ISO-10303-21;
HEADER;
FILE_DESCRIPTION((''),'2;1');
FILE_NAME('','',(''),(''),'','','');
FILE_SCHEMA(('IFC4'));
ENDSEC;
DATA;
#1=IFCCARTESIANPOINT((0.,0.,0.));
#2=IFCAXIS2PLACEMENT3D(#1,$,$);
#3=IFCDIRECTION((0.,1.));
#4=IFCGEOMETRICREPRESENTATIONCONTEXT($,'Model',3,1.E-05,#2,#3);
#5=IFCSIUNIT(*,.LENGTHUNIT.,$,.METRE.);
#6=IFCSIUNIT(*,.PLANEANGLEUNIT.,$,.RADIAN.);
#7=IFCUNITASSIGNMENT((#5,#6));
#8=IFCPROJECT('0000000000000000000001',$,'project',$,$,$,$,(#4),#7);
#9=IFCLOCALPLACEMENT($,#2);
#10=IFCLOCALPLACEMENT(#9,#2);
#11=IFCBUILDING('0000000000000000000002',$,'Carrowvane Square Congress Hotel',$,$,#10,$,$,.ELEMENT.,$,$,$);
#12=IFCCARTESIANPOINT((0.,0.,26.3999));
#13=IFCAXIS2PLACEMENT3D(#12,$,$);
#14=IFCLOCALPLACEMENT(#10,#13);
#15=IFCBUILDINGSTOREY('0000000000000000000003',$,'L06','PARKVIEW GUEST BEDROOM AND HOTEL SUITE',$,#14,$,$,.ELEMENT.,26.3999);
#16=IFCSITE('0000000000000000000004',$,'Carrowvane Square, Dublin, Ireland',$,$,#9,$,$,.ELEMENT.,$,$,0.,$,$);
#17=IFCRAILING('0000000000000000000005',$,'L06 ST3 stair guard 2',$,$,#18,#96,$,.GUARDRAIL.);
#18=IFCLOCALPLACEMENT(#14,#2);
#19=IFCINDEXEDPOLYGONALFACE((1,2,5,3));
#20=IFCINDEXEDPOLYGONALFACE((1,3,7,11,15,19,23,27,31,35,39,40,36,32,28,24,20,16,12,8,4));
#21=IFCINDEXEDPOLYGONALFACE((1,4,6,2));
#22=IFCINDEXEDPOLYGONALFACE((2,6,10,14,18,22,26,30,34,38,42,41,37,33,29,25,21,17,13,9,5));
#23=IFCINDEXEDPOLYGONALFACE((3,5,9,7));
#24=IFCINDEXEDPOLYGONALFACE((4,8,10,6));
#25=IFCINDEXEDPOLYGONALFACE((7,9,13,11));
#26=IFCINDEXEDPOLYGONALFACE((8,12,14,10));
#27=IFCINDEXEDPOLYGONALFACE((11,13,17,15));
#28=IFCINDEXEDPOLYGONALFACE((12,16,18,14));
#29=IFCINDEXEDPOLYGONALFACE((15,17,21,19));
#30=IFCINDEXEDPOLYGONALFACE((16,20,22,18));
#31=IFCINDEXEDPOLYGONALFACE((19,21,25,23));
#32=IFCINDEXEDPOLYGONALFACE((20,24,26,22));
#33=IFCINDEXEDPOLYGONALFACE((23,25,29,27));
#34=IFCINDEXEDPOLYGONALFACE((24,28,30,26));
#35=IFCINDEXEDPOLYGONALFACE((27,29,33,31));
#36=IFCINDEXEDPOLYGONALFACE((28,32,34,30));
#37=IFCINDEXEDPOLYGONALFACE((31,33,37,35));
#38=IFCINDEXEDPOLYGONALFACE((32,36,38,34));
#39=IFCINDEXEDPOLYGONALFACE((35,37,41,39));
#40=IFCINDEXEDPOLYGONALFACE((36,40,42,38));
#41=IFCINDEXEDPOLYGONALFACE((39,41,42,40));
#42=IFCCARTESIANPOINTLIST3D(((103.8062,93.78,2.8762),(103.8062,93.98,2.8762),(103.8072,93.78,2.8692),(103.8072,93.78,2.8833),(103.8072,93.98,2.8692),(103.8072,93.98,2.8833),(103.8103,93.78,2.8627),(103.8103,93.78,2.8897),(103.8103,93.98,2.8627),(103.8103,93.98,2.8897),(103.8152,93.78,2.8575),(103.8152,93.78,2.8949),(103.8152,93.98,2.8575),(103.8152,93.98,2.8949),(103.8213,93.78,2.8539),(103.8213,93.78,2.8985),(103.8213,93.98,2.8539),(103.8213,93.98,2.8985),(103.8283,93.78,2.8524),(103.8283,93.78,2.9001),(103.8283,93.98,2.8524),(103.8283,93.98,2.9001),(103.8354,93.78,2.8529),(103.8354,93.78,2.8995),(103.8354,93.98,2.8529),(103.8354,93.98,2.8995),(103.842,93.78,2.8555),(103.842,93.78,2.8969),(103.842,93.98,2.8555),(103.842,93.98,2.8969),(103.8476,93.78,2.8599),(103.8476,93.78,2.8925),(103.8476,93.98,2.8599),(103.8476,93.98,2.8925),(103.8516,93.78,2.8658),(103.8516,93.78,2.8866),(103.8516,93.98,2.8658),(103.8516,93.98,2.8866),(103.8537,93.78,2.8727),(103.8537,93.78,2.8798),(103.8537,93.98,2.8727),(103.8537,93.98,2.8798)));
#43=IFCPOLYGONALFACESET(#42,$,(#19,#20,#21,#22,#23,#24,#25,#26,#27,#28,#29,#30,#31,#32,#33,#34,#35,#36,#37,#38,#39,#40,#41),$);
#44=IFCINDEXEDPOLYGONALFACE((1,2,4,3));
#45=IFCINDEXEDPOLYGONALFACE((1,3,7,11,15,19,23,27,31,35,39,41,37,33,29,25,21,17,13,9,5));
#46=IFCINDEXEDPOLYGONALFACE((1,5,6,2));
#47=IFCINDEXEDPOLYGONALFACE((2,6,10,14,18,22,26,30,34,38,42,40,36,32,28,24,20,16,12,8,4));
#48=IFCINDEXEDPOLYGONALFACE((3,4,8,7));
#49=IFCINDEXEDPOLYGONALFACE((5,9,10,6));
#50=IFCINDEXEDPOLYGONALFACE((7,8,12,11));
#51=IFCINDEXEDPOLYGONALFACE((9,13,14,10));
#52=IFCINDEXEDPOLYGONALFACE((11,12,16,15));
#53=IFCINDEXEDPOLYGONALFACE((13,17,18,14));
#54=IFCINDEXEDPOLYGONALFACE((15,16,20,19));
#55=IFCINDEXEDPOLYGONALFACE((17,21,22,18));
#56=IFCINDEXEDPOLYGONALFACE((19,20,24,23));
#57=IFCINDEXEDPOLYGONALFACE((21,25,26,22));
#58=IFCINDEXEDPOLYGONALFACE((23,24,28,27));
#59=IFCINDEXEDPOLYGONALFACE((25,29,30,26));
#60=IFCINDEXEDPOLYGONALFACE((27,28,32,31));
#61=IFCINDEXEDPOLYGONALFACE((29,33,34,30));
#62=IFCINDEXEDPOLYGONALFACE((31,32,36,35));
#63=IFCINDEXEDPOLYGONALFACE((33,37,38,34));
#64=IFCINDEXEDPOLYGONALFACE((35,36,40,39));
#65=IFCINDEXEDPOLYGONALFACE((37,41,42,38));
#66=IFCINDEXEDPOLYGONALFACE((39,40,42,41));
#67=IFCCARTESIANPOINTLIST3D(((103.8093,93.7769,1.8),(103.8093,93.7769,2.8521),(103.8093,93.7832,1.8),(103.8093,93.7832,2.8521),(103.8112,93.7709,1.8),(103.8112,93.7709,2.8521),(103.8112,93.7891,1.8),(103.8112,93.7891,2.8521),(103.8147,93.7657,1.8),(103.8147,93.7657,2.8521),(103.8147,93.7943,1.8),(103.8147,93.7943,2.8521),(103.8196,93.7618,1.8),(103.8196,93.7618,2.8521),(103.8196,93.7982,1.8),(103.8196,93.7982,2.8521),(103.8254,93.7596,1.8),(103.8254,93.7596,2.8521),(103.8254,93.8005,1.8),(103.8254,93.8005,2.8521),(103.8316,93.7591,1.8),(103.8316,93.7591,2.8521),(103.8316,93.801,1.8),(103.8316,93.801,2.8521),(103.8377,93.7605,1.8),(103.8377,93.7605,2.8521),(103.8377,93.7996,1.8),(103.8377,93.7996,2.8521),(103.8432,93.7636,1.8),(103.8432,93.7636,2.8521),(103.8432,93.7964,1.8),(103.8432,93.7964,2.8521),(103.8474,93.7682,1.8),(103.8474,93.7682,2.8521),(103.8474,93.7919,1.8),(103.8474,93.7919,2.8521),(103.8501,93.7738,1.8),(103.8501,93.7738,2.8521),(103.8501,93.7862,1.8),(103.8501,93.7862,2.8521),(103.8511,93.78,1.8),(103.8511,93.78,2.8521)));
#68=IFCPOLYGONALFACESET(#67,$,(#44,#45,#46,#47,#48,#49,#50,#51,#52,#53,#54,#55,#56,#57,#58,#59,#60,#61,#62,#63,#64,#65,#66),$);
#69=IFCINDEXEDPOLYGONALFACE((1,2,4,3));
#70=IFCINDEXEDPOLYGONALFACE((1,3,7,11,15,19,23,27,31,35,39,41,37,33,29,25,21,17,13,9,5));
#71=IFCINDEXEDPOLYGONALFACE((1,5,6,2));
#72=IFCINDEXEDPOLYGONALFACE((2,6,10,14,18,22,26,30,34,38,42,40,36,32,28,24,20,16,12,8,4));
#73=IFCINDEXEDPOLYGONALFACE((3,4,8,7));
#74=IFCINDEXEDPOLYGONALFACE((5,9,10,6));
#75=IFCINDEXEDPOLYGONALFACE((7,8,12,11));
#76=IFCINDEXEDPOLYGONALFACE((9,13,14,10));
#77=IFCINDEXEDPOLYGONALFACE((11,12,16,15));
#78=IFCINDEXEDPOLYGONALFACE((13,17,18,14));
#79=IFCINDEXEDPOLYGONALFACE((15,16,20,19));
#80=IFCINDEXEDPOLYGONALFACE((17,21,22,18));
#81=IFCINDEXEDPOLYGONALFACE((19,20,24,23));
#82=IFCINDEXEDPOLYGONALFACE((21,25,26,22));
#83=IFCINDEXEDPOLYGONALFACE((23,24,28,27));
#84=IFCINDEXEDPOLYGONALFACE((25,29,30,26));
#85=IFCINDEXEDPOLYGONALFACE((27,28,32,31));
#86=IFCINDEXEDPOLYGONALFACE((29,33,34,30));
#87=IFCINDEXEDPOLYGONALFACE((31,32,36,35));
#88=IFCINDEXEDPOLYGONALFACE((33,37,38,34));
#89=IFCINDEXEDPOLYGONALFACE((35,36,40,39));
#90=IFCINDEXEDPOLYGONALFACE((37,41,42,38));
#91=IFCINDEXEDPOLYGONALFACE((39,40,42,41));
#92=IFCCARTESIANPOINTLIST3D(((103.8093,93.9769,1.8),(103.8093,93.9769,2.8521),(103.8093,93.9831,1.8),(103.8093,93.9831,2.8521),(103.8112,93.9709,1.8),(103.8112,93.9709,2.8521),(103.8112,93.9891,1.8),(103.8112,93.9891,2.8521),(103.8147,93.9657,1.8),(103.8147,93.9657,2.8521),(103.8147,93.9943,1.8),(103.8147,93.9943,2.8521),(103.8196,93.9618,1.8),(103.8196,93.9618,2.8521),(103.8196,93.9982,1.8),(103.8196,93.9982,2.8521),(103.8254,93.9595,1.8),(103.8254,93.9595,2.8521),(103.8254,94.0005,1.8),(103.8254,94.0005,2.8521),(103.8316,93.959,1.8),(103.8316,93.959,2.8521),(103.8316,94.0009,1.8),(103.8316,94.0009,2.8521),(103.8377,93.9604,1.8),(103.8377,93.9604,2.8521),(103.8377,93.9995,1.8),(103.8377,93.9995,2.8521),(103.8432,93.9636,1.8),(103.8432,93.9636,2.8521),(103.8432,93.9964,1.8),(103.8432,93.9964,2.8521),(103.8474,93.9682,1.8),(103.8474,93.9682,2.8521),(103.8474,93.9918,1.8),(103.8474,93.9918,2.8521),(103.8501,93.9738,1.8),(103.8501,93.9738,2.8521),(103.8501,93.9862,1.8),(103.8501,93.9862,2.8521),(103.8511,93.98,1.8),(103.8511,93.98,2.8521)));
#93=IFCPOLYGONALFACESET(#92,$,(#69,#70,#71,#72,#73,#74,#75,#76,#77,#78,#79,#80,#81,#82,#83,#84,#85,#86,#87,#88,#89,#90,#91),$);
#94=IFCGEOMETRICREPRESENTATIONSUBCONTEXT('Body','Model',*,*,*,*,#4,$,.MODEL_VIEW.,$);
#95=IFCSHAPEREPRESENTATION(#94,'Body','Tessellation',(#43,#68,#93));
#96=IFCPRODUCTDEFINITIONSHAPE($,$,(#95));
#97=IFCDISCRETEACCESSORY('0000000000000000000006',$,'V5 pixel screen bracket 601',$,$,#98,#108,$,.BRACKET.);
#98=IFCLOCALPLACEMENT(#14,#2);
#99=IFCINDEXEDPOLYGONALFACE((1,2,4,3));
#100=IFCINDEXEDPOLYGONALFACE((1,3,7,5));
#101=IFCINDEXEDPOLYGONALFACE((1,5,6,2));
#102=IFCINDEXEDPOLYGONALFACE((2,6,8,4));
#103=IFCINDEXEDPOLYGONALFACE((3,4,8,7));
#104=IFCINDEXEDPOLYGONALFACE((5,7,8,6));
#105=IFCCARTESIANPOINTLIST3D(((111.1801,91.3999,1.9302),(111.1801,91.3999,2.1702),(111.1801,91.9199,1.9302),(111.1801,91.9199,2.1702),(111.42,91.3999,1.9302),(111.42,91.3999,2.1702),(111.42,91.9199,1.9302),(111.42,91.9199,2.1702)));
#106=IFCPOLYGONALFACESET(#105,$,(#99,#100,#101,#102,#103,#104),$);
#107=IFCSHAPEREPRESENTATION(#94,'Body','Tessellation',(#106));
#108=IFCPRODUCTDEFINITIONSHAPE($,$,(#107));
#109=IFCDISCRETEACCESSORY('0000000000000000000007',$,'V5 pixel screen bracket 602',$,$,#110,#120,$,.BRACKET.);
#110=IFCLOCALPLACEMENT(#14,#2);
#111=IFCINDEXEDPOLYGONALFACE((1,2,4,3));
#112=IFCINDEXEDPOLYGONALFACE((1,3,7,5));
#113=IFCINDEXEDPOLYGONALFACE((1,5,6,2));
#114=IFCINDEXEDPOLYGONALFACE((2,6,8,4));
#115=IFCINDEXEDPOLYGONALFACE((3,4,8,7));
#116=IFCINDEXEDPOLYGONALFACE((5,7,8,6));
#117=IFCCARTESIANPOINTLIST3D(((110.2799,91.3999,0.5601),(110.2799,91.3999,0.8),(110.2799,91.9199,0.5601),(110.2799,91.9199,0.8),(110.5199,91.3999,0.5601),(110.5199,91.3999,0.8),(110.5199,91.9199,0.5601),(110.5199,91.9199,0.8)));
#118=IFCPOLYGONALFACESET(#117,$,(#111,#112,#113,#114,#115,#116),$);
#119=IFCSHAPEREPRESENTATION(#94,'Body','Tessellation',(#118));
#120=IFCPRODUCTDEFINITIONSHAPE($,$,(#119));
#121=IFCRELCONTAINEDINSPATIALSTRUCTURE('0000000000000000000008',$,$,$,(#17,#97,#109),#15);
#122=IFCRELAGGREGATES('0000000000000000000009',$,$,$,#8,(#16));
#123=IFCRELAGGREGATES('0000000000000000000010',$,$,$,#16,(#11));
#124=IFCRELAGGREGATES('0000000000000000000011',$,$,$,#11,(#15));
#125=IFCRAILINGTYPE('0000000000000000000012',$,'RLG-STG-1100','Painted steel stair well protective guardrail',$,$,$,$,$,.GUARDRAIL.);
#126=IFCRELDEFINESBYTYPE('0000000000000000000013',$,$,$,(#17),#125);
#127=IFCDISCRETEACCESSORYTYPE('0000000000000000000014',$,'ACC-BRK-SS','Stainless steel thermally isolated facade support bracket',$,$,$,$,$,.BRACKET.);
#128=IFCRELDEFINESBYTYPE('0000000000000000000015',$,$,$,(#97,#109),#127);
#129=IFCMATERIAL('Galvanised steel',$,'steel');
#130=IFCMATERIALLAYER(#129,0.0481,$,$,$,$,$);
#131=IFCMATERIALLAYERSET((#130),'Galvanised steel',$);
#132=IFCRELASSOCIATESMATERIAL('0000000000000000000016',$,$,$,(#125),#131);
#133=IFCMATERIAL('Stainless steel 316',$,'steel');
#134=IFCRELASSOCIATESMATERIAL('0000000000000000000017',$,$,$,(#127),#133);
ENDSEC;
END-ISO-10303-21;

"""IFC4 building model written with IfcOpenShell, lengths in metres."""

from ifc_helpers import new_model, si_unit, direction, frame, origin, origin_2d, place, context, subcontext, project, spatial, rectangle, circle, extrude, material, layer, layer_set, type_object, element, save


model = new_model("IFC4")

# Units and contexts
model_context = context("Model", 3, precision=1e-05, world=origin(), true_north=direction((0.0, 1.0)))
body_context = subcontext(model_context, "Body", "Model", "MODEL_VIEW")
ifc_project = project(units=[si_unit("LENGTHUNIT", "METRE"), si_unit("PLANEANGLEUNIT", "RADIAN")], contexts=[model_context])

# Site, building, storey
site_placement = place(None, origin())
site = spatial("IfcSite", under=ifc_project, at=site_placement, Name="Carrowvane Square, Dublin, Ireland", CompositionType="ELEMENT", RefElevation=0.0)
building_placement = place(site_placement, origin())
building = spatial("IfcBuilding", under=site, at=building_placement, Name="Carrowvane Square Congress Hotel", CompositionType="ELEMENT")
storey_placement = place(building_placement, frame((0.0, 0.0, 26.3999)))
storey = spatial("IfcBuildingStorey", under=building, at=storey_placement, Name="L06", Description="PARKVIEW GUEST BEDROOM AND HOTEL SUITE", CompositionType="ELEMENT", Elevation=26.3999)

# Railing
ifc_material_1 = material(Name="Galvanised steel", Category="steel")
ifc_layer_1 = layer(ifc_material_1, 0.0481)
ifc_layer_set_1 = layer_set([ifc_layer_1], Name="Galvanised steel")
railing_type_1 = type_object("IfcRailingType", Name="RLG-STG-1100", Description="Painted steel stair well protective guardrail", PredefinedType="GUARDRAIL", material=ifc_layer_set_1)
railing_1_placement = place(storey_placement, frame((103.8301, 93.78, 1.8)))
element("IfcRailing", 1, at=railing_1_placement, inside=storey, type_object=railing_type_1, Name="L06 ST3 stair guard 2", PredefinedType="GUARDRAIL", context=body_context, shape_type="SweptSolid", body=[
    extrude(circle(Radius=0.0239, at=origin_2d()), frame((0.0, 0.0, 1.0762), z_axis=(0.0, 1.0, 0.0), x_axis=(-1.0, 0.0, 0.0)), (0.0, 0.0, 1.0), 0.2),
    extrude(circle(Radius=0.021, at=origin_2d()), origin(), (0.0, 0.0, 1.0), 1.052),
    extrude(circle(Radius=0.021, at=origin_2d()), frame((0.0, 0.2, 0.0)), (0.0, 0.0, 1.0), 1.052),
])

# Discrete accessories
ifc_material_2 = material(Name="Stainless steel 316", Category="steel")
discrete_accessory_type = type_object("IfcDiscreteAccessoryType", Name="ACC-BRK-SS", Description="Stainless steel thermally isolated facade support bracket", PredefinedType="BRACKET", material=ifc_material_2)
for number, where, z_axis, x_axis, name in (
    (2, (111.3, 91.6599, 1.9302), (0.0, 0.0, 1.0), (-1.0, 0.0, 0.0), "V5 pixel screen bracket 601"),
    (3, (110.3999, 91.6599, 0.5601), (0.0, 0.0, 1.0), (-1.0, 0.0, 0.0), "V5 pixel screen bracket 602"),
):
    element("IfcDiscreteAccessory", number, at=place(storey_placement, frame(where, z_axis=z_axis, x_axis=x_axis)), inside=storey, type_object=discrete_accessory_type, Name=name, PredefinedType="BRACKET", context=body_context, shape_type="SweptSolid", body=[
        extrude(rectangle(XDim=0.24, YDim=0.52, at=origin_2d()), origin(), (0.0, 0.0, 1.0), 0.24),
    ])

save(model, "model.ifc")
